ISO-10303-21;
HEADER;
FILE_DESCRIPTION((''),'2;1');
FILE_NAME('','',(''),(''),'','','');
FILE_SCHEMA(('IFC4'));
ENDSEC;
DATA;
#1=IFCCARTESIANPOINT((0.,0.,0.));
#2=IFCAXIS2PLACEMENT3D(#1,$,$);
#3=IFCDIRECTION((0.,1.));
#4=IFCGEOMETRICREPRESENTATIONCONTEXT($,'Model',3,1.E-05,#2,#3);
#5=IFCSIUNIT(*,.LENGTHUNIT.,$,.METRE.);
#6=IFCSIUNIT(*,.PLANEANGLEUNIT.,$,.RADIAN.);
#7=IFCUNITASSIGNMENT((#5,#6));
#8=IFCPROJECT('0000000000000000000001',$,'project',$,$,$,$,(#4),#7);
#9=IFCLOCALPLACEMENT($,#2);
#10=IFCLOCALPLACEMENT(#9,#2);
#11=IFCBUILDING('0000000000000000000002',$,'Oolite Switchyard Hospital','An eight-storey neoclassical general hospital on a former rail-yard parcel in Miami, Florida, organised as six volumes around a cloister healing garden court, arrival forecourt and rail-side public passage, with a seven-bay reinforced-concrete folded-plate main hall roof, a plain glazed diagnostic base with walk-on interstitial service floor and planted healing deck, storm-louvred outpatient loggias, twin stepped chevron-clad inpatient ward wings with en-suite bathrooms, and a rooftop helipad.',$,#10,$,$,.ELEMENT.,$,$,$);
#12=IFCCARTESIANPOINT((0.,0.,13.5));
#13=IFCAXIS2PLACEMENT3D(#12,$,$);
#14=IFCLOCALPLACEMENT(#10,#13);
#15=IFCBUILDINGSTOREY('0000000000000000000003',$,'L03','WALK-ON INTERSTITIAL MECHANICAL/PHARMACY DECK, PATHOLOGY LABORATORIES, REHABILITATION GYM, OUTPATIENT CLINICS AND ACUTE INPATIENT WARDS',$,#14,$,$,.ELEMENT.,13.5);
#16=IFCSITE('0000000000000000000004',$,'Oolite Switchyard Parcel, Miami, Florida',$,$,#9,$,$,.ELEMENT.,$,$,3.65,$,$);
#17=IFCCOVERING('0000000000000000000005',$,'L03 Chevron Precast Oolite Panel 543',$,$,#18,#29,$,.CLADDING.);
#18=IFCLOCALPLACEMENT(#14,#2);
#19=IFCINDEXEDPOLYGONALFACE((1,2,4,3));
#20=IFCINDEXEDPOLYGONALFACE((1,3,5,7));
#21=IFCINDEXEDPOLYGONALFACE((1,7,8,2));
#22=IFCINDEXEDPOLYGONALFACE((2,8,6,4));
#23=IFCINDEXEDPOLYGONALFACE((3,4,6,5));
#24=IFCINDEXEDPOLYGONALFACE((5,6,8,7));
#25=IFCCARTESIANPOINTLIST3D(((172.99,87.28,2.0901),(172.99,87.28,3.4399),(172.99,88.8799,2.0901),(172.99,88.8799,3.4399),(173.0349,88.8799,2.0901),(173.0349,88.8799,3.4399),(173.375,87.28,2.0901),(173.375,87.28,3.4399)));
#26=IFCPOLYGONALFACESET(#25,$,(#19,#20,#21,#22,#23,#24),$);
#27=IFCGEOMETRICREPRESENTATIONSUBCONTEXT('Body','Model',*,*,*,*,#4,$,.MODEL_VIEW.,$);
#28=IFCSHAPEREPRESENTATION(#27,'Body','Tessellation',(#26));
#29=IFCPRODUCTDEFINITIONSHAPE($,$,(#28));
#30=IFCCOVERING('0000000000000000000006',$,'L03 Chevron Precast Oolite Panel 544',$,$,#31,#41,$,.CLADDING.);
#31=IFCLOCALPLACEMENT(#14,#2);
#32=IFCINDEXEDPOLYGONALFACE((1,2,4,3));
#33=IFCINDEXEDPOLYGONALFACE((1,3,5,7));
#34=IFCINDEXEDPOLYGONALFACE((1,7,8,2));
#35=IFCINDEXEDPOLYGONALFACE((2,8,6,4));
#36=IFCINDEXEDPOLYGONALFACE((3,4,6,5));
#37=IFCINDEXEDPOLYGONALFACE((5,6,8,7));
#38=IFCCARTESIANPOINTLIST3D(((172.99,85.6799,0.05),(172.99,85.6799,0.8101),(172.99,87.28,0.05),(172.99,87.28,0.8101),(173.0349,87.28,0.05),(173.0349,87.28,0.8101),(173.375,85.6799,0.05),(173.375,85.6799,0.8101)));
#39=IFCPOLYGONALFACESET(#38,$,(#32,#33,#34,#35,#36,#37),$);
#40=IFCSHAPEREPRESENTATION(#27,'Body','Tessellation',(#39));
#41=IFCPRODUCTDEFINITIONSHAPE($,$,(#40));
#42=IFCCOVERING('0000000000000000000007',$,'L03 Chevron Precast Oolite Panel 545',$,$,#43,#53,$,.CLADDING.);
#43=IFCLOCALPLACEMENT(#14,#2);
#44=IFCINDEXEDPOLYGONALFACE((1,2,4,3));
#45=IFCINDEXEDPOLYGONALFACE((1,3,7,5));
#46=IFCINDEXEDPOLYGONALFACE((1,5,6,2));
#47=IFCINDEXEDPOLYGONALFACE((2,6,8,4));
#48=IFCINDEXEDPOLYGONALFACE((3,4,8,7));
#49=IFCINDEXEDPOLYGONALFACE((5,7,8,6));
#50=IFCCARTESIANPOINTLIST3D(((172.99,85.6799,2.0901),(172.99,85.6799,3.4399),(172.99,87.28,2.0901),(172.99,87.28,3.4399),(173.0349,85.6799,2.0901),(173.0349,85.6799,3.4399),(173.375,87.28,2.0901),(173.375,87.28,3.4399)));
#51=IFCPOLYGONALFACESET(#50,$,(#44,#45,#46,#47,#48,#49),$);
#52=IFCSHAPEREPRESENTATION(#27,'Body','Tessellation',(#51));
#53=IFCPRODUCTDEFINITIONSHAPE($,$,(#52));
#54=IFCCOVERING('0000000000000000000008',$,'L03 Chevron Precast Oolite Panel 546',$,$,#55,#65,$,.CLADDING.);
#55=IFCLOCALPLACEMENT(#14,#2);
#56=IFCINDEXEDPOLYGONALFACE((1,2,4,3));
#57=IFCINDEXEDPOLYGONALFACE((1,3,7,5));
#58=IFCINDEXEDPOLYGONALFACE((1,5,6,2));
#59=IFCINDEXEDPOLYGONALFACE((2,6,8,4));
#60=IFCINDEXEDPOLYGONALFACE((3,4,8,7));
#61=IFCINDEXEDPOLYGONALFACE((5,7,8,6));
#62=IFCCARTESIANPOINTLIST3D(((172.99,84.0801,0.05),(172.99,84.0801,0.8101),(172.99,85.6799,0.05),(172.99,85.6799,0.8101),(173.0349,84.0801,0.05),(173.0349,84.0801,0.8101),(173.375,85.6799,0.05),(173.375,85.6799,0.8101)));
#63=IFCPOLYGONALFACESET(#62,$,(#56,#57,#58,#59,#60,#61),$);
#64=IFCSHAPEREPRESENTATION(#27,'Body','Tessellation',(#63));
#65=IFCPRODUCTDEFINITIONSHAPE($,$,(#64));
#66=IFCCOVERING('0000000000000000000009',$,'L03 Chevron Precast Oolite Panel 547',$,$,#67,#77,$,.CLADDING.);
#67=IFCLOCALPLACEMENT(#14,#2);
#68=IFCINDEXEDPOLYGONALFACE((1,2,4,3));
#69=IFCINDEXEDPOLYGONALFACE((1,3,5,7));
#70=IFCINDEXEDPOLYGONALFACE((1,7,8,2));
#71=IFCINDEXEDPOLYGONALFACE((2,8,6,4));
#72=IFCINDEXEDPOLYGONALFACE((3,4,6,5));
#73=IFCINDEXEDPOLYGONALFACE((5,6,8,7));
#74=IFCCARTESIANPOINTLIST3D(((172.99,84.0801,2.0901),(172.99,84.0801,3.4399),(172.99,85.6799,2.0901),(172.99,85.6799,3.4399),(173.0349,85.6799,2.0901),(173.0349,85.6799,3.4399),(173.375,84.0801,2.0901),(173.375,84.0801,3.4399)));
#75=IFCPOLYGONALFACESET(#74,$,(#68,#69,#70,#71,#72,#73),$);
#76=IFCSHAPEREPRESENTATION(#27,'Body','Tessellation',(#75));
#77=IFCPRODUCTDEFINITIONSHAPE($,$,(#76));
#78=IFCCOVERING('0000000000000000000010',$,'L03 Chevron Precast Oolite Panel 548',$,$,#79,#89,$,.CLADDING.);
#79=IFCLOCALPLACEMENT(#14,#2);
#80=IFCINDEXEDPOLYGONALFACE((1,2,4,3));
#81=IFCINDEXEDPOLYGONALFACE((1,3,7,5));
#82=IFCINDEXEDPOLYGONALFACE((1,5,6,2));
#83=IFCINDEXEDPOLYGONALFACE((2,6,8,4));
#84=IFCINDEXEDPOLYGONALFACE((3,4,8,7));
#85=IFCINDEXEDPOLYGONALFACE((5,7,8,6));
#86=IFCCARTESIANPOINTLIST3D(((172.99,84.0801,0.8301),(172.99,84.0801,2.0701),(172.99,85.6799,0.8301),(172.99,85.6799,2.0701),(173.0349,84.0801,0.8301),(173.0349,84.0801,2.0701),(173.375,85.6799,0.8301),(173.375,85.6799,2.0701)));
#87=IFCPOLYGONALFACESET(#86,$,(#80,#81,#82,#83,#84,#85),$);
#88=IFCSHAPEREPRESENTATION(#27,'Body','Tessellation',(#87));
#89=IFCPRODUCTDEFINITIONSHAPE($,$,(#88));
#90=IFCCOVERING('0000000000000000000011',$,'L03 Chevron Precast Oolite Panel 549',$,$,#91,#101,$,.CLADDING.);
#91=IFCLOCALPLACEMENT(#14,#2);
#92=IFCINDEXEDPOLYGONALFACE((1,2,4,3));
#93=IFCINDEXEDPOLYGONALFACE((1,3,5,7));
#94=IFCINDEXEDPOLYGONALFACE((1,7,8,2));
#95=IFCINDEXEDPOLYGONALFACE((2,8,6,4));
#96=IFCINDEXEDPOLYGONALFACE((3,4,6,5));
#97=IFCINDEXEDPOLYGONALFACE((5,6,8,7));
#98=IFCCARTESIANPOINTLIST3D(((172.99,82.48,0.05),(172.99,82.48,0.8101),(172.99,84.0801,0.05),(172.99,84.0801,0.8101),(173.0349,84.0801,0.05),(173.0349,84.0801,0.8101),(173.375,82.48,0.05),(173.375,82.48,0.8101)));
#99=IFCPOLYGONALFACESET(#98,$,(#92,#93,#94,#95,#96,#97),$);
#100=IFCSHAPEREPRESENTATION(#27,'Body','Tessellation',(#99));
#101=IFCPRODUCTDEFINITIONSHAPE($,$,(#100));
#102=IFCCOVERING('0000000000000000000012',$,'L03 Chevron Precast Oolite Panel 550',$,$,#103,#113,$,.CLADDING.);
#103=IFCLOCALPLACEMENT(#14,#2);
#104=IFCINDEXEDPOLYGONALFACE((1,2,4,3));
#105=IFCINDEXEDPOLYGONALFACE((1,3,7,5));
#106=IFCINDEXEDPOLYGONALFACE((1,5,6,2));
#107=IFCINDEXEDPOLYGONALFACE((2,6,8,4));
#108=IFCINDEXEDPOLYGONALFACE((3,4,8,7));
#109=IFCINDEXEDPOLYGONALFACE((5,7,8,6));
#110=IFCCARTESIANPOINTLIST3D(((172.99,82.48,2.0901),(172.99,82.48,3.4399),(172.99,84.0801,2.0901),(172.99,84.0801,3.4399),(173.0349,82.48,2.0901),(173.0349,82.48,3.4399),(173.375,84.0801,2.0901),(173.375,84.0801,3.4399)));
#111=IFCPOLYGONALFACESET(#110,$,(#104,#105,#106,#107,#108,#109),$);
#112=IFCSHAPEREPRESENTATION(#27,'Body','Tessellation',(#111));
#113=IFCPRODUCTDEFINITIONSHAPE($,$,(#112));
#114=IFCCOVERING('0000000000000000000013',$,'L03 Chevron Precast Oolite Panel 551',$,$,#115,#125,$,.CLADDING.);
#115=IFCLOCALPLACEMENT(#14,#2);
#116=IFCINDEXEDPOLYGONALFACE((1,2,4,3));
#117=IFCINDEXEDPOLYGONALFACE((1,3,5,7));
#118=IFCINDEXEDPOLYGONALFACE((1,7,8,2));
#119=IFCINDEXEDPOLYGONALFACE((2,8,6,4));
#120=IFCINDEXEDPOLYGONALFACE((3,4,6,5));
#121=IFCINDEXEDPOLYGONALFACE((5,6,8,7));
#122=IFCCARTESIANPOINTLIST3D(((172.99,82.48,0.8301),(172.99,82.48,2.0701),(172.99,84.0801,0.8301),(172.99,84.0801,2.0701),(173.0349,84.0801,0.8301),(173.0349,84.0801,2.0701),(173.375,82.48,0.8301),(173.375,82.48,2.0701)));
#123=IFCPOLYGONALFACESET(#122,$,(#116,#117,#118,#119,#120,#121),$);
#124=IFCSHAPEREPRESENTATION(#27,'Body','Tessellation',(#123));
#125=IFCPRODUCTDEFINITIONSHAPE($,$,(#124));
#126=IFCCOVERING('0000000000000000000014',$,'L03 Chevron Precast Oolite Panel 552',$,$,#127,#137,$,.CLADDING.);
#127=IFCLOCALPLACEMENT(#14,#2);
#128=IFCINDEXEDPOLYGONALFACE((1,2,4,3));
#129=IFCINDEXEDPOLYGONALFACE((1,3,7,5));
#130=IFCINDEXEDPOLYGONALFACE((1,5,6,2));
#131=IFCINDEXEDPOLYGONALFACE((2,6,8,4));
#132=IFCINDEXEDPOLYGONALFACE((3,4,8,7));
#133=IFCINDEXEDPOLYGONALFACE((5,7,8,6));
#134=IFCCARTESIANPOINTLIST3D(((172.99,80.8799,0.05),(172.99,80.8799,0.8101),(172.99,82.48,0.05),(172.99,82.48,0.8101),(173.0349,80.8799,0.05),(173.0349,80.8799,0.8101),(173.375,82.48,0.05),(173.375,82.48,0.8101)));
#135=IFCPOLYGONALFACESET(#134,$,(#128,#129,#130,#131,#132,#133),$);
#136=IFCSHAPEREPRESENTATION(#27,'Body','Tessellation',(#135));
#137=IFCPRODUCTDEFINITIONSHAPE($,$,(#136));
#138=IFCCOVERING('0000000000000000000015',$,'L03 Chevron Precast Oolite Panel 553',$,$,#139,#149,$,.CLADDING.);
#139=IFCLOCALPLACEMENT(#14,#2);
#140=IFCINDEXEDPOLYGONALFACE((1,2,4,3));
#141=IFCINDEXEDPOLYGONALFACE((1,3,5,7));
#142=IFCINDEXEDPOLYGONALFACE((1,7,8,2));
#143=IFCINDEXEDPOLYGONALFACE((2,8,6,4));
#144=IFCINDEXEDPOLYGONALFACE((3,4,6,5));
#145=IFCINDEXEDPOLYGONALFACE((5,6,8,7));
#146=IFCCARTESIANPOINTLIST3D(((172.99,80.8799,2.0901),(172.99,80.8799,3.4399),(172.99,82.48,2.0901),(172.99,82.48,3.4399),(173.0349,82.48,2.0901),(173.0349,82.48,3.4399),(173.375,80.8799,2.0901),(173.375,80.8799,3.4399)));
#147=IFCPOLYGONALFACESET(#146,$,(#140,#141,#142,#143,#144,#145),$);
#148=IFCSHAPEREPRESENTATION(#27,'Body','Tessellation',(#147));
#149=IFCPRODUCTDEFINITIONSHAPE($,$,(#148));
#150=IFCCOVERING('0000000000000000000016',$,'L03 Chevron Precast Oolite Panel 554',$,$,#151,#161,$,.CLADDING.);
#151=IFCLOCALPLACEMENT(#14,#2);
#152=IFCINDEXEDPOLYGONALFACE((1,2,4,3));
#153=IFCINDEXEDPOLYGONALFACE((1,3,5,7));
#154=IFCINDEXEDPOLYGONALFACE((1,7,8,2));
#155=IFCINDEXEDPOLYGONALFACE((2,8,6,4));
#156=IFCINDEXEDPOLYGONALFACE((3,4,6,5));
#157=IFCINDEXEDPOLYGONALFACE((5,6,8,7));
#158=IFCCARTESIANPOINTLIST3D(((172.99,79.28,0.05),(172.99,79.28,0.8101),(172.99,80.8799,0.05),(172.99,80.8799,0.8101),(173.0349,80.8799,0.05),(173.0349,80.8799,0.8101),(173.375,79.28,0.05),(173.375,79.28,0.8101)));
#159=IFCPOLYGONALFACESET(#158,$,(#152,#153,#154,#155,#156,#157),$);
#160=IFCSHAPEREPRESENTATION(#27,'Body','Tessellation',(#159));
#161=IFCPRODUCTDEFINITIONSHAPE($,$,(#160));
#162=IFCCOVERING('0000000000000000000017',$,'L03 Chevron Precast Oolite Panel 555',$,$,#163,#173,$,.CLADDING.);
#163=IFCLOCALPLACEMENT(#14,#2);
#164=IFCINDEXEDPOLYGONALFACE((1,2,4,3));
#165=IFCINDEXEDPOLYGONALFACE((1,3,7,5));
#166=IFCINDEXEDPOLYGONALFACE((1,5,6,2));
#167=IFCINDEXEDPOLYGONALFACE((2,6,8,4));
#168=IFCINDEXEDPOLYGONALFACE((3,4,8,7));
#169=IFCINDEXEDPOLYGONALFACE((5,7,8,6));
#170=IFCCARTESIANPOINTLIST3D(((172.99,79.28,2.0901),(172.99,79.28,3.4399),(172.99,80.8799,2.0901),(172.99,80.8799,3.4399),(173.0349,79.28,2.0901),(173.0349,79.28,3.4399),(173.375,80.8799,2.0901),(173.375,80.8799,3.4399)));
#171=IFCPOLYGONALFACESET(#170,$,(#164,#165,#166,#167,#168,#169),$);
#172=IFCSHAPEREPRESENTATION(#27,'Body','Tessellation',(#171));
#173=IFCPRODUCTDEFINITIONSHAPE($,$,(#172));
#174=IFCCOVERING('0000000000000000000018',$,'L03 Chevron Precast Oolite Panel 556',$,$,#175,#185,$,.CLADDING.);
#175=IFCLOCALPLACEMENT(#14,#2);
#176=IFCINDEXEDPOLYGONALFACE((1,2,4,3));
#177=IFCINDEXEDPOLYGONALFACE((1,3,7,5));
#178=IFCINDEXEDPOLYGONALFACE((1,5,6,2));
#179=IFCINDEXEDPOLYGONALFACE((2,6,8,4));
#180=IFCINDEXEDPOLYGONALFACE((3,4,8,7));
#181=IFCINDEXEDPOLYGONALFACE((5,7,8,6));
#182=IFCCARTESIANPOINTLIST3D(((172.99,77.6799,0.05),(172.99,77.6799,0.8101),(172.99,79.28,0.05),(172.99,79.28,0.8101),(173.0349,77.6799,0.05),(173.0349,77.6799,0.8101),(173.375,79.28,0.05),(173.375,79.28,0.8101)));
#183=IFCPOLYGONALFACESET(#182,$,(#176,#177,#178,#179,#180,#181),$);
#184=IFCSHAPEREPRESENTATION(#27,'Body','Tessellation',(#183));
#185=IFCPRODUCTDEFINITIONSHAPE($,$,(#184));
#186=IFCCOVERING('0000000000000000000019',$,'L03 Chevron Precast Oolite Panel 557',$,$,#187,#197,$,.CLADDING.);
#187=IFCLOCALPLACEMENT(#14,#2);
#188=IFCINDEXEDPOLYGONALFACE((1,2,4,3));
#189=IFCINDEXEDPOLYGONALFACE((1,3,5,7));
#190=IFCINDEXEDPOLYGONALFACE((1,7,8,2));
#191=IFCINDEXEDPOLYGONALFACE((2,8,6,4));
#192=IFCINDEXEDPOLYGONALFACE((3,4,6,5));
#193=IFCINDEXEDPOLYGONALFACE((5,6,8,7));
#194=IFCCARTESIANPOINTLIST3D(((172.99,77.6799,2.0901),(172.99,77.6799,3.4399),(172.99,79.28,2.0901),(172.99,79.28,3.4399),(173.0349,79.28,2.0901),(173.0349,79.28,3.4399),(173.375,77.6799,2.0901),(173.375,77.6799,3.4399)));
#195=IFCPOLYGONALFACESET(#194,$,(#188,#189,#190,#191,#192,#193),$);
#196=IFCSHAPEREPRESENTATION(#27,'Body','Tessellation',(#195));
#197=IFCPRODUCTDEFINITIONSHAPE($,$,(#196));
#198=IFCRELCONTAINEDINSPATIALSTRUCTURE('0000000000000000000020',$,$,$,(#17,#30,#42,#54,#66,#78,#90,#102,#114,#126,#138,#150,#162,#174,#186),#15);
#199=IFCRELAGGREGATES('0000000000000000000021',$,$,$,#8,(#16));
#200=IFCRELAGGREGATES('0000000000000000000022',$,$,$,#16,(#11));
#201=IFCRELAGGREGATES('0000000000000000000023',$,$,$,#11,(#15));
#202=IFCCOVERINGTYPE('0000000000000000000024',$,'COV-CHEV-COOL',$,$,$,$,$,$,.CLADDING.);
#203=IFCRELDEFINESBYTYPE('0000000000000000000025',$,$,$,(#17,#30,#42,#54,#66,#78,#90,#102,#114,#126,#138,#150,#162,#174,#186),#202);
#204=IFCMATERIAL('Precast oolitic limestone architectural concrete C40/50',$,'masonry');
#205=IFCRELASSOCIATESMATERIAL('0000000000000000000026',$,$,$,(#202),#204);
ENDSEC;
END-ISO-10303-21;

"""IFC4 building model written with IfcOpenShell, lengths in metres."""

from ifc_helpers import new_model, si_unit, direction, frame, origin, place, context, subcontext, project, spatial, polyline, outline, extrude, material, type_object, element, save


model = new_model("IFC4")

# Units and contexts
model_context = context("Model", 3, precision=1e-05, world=origin(), true_north=direction((0.0, 1.0)))
body_context = subcontext(model_context, "Body", "Model", "MODEL_VIEW")
ifc_project = project(units=[si_unit("LENGTHUNIT", "METRE"), si_unit("PLANEANGLEUNIT", "RADIAN")], contexts=[model_context])

# Site, building, storey
site_placement = place(None, origin())
site = spatial("IfcSite", under=ifc_project, at=site_placement, Name="Oolite Switchyard Parcel, Miami, Florida", CompositionType="ELEMENT", RefElevation=3.65)
building_placement = place(site_placement, origin())
building = spatial("IfcBuilding", under=site, at=building_placement, Name="Oolite Switchyard Hospital", Description="An eight-storey neoclassical general hospital on a former rail-yard parcel in Miami, Florida, organised as six volumes around a cloister healing garden court, arrival forecourt and rail-side public passage, with a seven-bay reinforced-concrete folded-plate main hall roof, a plain glazed diagnostic base with walk-on interstitial service floor and planted healing deck, storm-louvred outpatient loggias, twin stepped chevron-clad inpatient ward wings with en-suite bathrooms, and a rooftop helipad.", CompositionType="ELEMENT")
storey_placement = place(building_placement, frame((0.0, 0.0, 13.5)))
storey = spatial("IfcBuildingStorey", under=building, at=storey_placement, Name="L03", Description="WALK-ON INTERSTITIAL MECHANICAL/PHARMACY DECK, PATHOLOGY LABORATORIES, REHABILITATION GYM, OUTPATIENT CLINICS AND ACUTE INPATIENT WARDS", CompositionType="ELEMENT", Elevation=13.5)

# Shared definitions
ifc_material_1 = material(Name="Precast oolitic limestone architectural concrete C40/50", Category="masonry")

# Coverings
covering_type = type_object("IfcCoveringType", Name="COV-CHEV-COOL", PredefinedType="CLADDING", material=ifc_material_1)
covering_1_placement = place(storey_placement, frame((172.99, 88.8799, 2.0901), z_axis=(0.0, 0.0, 1.0), x_axis=(0.0, -1.0, 0.0)))
element("IfcCovering", 1, at=covering_1_placement, inside=storey, type_object=covering_type, Name="L03 Chevron Precast Oolite Panel 543", PredefinedType="CLADDING", context=body_context, shape_type="SweptSolid", body=[
    extrude(outline(polyline([(0.0, 0.0), (1.5999, 0.0), (1.5999, 0.385), (0.0, 0.0449), (0.0, 0.0)])), origin(), (0.0, 0.0, 1.0), 1.3499),
])
covering_2_placement = place(storey_placement, frame((172.99, 87.28, 0.05), z_axis=(0.0, 0.0, 1.0), x_axis=(0.0, -1.0, 0.0)))
element("IfcCovering", 2, at=covering_2_placement, inside=storey, type_object=covering_type, Name="L03 Chevron Precast Oolite Panel 544", PredefinedType="CLADDING", context=body_context, shape_type="SweptSolid", body=[
    extrude(outline(polyline([(0.0, 0.0), (1.6001, 0.0), (1.6001, 0.385), (0.0, 0.0449), (0.0, 0.0)])), origin(), (0.0, 0.0, 1.0), 0.76),
])
covering_3_placement = place(storey_placement, frame((172.99, 87.28, 2.0901), z_axis=(0.0, 0.0, 1.0), x_axis=(0.0, -1.0, 0.0)))
element("IfcCovering", 3, at=covering_3_placement, inside=storey, type_object=covering_type, Name="L03 Chevron Precast Oolite Panel 545", PredefinedType="CLADDING", context=body_context, shape_type="SweptSolid", body=[
    extrude(outline(polyline([(0.0, 0.0), (1.6001, 0.0), (1.6001, 0.0449), (0.0, 0.385), (0.0, 0.0)])), origin(), (0.0, 0.0, 1.0), 1.3499),
])
covering_4_placement = place(storey_placement, frame((172.99, 85.6799, 0.05), z_axis=(0.0, 0.0, 1.0), x_axis=(0.0, -1.0, 0.0)))
element("IfcCovering", 4, at=covering_4_placement, inside=storey, type_object=covering_type, Name="L03 Chevron Precast Oolite Panel 546", PredefinedType="CLADDING", context=body_context, shape_type="SweptSolid", body=[
    extrude(outline(polyline([(0.0, 0.0), (1.5999, 0.0), (1.5999, 0.0449), (0.0, 0.385), (0.0, 0.0)])), origin(), (0.0, 0.0, 1.0), 0.76),
])
covering_5_placement = place(storey_placement, frame((172.99, 85.6799, 2.0901), z_axis=(0.0, 0.0, 1.0), x_axis=(0.0, -1.0, 0.0)))
element("IfcCovering", 5, at=covering_5_placement, inside=storey, type_object=covering_type, Name="L03 Chevron Precast Oolite Panel 547", PredefinedType="CLADDING", context=body_context, shape_type="SweptSolid", body=[
    extrude(outline(polyline([(0.0, 0.0), (1.5999, 0.0), (1.5999, 0.385), (0.0, 0.0449), (0.0, 0.0)])), origin(), (0.0, 0.0, 1.0), 1.3499),
])
covering_6_placement = place(storey_placement, frame((172.99, 85.6799, 0.8301), z_axis=(0.0, 0.0, 1.0), x_axis=(0.0, -1.0, 0.0)))
element("IfcCovering", 6, at=covering_6_placement, inside=storey, type_object=covering_type, Name="L03 Chevron Precast Oolite Panel 548", PredefinedType="CLADDING", context=body_context, shape_type="SweptSolid", body=[
    extrude(outline(polyline([(0.0, 0.0), (1.5999, 0.0), (1.5999, 0.0449), (0.0, 0.385), (0.0, 0.0)])), origin(), (0.0, 0.0, 1.0), 1.24),
])
covering_7_placement = place(storey_placement, frame((172.99, 84.0801, 0.05), z_axis=(0.0, 0.0, 1.0), x_axis=(0.0, -1.0, 0.0)))
element("IfcCovering", 7, at=covering_7_placement, inside=storey, type_object=covering_type, Name="L03 Chevron Precast Oolite Panel 549", PredefinedType="CLADDING", context=body_context, shape_type="SweptSolid", body=[
    extrude(outline(polyline([(0.0, 0.0), (1.6001, 0.0), (1.6001, 0.385), (0.0, 0.0449), (0.0, 0.0)])), origin(), (0.0, 0.0, 1.0), 0.76),
])
covering_8_placement = place(storey_placement, frame((172.99, 84.0801, 2.0901), z_axis=(0.0, 0.0, 1.0), x_axis=(0.0, -1.0, 0.0)))
element("IfcCovering", 8, at=covering_8_placement, inside=storey, type_object=covering_type, Name="L03 Chevron Precast Oolite Panel 550", PredefinedType="CLADDING", context=body_context, shape_type="SweptSolid", body=[
    extrude(outline(polyline([(0.0, 0.0), (1.6001, 0.0), (1.6001, 0.0449), (0.0, 0.385), (0.0, 0.0)])), origin(), (0.0, 0.0, 1.0), 1.3499),
])
covering_9_placement = place(storey_placement, frame((172.99, 84.0801, 0.8301), z_axis=(0.0, 0.0, 1.0), x_axis=(0.0, -1.0, 0.0)))
element("IfcCovering", 9, at=covering_9_placement, inside=storey, type_object=covering_type, Name="L03 Chevron Precast Oolite Panel 551", PredefinedType="CLADDING", context=body_context, shape_type="SweptSolid", body=[
    extrude(outline(polyline([(0.0, 0.0), (1.6001, 0.0), (1.6001, 0.385), (0.0, 0.0449), (0.0, 0.0)])), origin(), (0.0, 0.0, 1.0), 1.24),
])
covering_10_placement = place(storey_placement, frame((172.99, 82.48, 0.05), z_axis=(0.0, 0.0, 1.0), x_axis=(0.0, -1.0, 0.0)))
element("IfcCovering", 10, at=covering_10_placement, inside=storey, type_object=covering_type, Name="L03 Chevron Precast Oolite Panel 552", PredefinedType="CLADDING", context=body_context, shape_type="SweptSolid", body=[
    extrude(outline(polyline([(0.0, 0.0), (1.6001, 0.0), (1.6001, 0.0449), (0.0, 0.385), (0.0, 0.0)])), origin(), (0.0, 0.0, 1.0), 0.76),
])
covering_11_placement = place(storey_placement, frame((172.99, 82.48, 2.0901), z_axis=(0.0, 0.0, 1.0), x_axis=(0.0, -1.0, 0.0)))
element("IfcCovering", 11, at=covering_11_placement, inside=storey, type_object=covering_type, Name="L03 Chevron Precast Oolite Panel 553", PredefinedType="CLADDING", context=body_context, shape_type="SweptSolid", body=[
    extrude(outline(polyline([(0.0, 0.0), (1.6001, 0.0), (1.6001, 0.385), (0.0, 0.0449), (0.0, 0.0)])), origin(), (0.0, 0.0, 1.0), 1.3499),
])
covering_12_placement = place(storey_placement, frame((172.99, 80.8799, 0.05), z_axis=(0.0, 0.0, 1.0), x_axis=(0.0, -1.0, 0.0)))
element("IfcCovering", 12, at=covering_12_placement, inside=storey, type_object=covering_type, Name="L03 Chevron Precast Oolite Panel 554", PredefinedType="CLADDING", context=body_context, shape_type="SweptSolid", body=[
    extrude(outline(polyline([(0.0, 0.0), (1.5999, 0.0), (1.5999, 0.385), (0.0, 0.0449), (0.0, 0.0)])), origin(), (0.0, 0.0, 1.0), 0.76),
])
covering_13_placement = place(storey_placement, frame((172.99, 80.8799, 2.0901), z_axis=(0.0, 0.0, 1.0), x_axis=(0.0, -1.0, 0.0)))
element("IfcCovering", 13, at=covering_13_placement, inside=storey, type_object=covering_type, Name="L03 Chevron Precast Oolite Panel 555", PredefinedType="CLADDING", context=body_context, shape_type="SweptSolid", body=[
    extrude(outline(polyline([(0.0, 0.0), (1.5999, 0.0), (1.5999, 0.0449), (0.0, 0.385), (0.0, 0.0)])), origin(), (0.0, 0.0, 1.0), 1.3499),
])
covering_14_placement = place(storey_placement, frame((172.99, 79.28, 0.05), z_axis=(0.0, 0.0, 1.0), x_axis=(0.0, -1.0, 0.0)))
element("IfcCovering", 14, at=covering_14_placement, inside=storey, type_object=covering_type, Name="L03 Chevron Precast Oolite Panel 556", PredefinedType="CLADDING", context=body_context, shape_type="SweptSolid", body=[
    extrude(outline(polyline([(0.0, 0.0), (1.6001, 0.0), (1.6001, 0.0449), (0.0, 0.385), (0.0, 0.0)])), origin(), (0.0, 0.0, 1.0), 0.76),
])
covering_15_placement = place(storey_placement, frame((172.99, 79.28, 2.0901), z_axis=(0.0, 0.0, 1.0), x_axis=(0.0, -1.0, 0.0)))
element("IfcCovering", 15, at=covering_15_placement, inside=storey, type_object=covering_type, Name="L03 Chevron Precast Oolite Panel 557", PredefinedType="CLADDING", context=body_context, shape_type="SweptSolid", body=[
    extrude(outline(polyline([(0.0, 0.0), (1.6001, 0.0), (1.6001, 0.385), (0.0, 0.0449), (0.0, 0.0)])), origin(), (0.0, 0.0, 1.0), 1.3499),
])

save(model, "model.ifc")
